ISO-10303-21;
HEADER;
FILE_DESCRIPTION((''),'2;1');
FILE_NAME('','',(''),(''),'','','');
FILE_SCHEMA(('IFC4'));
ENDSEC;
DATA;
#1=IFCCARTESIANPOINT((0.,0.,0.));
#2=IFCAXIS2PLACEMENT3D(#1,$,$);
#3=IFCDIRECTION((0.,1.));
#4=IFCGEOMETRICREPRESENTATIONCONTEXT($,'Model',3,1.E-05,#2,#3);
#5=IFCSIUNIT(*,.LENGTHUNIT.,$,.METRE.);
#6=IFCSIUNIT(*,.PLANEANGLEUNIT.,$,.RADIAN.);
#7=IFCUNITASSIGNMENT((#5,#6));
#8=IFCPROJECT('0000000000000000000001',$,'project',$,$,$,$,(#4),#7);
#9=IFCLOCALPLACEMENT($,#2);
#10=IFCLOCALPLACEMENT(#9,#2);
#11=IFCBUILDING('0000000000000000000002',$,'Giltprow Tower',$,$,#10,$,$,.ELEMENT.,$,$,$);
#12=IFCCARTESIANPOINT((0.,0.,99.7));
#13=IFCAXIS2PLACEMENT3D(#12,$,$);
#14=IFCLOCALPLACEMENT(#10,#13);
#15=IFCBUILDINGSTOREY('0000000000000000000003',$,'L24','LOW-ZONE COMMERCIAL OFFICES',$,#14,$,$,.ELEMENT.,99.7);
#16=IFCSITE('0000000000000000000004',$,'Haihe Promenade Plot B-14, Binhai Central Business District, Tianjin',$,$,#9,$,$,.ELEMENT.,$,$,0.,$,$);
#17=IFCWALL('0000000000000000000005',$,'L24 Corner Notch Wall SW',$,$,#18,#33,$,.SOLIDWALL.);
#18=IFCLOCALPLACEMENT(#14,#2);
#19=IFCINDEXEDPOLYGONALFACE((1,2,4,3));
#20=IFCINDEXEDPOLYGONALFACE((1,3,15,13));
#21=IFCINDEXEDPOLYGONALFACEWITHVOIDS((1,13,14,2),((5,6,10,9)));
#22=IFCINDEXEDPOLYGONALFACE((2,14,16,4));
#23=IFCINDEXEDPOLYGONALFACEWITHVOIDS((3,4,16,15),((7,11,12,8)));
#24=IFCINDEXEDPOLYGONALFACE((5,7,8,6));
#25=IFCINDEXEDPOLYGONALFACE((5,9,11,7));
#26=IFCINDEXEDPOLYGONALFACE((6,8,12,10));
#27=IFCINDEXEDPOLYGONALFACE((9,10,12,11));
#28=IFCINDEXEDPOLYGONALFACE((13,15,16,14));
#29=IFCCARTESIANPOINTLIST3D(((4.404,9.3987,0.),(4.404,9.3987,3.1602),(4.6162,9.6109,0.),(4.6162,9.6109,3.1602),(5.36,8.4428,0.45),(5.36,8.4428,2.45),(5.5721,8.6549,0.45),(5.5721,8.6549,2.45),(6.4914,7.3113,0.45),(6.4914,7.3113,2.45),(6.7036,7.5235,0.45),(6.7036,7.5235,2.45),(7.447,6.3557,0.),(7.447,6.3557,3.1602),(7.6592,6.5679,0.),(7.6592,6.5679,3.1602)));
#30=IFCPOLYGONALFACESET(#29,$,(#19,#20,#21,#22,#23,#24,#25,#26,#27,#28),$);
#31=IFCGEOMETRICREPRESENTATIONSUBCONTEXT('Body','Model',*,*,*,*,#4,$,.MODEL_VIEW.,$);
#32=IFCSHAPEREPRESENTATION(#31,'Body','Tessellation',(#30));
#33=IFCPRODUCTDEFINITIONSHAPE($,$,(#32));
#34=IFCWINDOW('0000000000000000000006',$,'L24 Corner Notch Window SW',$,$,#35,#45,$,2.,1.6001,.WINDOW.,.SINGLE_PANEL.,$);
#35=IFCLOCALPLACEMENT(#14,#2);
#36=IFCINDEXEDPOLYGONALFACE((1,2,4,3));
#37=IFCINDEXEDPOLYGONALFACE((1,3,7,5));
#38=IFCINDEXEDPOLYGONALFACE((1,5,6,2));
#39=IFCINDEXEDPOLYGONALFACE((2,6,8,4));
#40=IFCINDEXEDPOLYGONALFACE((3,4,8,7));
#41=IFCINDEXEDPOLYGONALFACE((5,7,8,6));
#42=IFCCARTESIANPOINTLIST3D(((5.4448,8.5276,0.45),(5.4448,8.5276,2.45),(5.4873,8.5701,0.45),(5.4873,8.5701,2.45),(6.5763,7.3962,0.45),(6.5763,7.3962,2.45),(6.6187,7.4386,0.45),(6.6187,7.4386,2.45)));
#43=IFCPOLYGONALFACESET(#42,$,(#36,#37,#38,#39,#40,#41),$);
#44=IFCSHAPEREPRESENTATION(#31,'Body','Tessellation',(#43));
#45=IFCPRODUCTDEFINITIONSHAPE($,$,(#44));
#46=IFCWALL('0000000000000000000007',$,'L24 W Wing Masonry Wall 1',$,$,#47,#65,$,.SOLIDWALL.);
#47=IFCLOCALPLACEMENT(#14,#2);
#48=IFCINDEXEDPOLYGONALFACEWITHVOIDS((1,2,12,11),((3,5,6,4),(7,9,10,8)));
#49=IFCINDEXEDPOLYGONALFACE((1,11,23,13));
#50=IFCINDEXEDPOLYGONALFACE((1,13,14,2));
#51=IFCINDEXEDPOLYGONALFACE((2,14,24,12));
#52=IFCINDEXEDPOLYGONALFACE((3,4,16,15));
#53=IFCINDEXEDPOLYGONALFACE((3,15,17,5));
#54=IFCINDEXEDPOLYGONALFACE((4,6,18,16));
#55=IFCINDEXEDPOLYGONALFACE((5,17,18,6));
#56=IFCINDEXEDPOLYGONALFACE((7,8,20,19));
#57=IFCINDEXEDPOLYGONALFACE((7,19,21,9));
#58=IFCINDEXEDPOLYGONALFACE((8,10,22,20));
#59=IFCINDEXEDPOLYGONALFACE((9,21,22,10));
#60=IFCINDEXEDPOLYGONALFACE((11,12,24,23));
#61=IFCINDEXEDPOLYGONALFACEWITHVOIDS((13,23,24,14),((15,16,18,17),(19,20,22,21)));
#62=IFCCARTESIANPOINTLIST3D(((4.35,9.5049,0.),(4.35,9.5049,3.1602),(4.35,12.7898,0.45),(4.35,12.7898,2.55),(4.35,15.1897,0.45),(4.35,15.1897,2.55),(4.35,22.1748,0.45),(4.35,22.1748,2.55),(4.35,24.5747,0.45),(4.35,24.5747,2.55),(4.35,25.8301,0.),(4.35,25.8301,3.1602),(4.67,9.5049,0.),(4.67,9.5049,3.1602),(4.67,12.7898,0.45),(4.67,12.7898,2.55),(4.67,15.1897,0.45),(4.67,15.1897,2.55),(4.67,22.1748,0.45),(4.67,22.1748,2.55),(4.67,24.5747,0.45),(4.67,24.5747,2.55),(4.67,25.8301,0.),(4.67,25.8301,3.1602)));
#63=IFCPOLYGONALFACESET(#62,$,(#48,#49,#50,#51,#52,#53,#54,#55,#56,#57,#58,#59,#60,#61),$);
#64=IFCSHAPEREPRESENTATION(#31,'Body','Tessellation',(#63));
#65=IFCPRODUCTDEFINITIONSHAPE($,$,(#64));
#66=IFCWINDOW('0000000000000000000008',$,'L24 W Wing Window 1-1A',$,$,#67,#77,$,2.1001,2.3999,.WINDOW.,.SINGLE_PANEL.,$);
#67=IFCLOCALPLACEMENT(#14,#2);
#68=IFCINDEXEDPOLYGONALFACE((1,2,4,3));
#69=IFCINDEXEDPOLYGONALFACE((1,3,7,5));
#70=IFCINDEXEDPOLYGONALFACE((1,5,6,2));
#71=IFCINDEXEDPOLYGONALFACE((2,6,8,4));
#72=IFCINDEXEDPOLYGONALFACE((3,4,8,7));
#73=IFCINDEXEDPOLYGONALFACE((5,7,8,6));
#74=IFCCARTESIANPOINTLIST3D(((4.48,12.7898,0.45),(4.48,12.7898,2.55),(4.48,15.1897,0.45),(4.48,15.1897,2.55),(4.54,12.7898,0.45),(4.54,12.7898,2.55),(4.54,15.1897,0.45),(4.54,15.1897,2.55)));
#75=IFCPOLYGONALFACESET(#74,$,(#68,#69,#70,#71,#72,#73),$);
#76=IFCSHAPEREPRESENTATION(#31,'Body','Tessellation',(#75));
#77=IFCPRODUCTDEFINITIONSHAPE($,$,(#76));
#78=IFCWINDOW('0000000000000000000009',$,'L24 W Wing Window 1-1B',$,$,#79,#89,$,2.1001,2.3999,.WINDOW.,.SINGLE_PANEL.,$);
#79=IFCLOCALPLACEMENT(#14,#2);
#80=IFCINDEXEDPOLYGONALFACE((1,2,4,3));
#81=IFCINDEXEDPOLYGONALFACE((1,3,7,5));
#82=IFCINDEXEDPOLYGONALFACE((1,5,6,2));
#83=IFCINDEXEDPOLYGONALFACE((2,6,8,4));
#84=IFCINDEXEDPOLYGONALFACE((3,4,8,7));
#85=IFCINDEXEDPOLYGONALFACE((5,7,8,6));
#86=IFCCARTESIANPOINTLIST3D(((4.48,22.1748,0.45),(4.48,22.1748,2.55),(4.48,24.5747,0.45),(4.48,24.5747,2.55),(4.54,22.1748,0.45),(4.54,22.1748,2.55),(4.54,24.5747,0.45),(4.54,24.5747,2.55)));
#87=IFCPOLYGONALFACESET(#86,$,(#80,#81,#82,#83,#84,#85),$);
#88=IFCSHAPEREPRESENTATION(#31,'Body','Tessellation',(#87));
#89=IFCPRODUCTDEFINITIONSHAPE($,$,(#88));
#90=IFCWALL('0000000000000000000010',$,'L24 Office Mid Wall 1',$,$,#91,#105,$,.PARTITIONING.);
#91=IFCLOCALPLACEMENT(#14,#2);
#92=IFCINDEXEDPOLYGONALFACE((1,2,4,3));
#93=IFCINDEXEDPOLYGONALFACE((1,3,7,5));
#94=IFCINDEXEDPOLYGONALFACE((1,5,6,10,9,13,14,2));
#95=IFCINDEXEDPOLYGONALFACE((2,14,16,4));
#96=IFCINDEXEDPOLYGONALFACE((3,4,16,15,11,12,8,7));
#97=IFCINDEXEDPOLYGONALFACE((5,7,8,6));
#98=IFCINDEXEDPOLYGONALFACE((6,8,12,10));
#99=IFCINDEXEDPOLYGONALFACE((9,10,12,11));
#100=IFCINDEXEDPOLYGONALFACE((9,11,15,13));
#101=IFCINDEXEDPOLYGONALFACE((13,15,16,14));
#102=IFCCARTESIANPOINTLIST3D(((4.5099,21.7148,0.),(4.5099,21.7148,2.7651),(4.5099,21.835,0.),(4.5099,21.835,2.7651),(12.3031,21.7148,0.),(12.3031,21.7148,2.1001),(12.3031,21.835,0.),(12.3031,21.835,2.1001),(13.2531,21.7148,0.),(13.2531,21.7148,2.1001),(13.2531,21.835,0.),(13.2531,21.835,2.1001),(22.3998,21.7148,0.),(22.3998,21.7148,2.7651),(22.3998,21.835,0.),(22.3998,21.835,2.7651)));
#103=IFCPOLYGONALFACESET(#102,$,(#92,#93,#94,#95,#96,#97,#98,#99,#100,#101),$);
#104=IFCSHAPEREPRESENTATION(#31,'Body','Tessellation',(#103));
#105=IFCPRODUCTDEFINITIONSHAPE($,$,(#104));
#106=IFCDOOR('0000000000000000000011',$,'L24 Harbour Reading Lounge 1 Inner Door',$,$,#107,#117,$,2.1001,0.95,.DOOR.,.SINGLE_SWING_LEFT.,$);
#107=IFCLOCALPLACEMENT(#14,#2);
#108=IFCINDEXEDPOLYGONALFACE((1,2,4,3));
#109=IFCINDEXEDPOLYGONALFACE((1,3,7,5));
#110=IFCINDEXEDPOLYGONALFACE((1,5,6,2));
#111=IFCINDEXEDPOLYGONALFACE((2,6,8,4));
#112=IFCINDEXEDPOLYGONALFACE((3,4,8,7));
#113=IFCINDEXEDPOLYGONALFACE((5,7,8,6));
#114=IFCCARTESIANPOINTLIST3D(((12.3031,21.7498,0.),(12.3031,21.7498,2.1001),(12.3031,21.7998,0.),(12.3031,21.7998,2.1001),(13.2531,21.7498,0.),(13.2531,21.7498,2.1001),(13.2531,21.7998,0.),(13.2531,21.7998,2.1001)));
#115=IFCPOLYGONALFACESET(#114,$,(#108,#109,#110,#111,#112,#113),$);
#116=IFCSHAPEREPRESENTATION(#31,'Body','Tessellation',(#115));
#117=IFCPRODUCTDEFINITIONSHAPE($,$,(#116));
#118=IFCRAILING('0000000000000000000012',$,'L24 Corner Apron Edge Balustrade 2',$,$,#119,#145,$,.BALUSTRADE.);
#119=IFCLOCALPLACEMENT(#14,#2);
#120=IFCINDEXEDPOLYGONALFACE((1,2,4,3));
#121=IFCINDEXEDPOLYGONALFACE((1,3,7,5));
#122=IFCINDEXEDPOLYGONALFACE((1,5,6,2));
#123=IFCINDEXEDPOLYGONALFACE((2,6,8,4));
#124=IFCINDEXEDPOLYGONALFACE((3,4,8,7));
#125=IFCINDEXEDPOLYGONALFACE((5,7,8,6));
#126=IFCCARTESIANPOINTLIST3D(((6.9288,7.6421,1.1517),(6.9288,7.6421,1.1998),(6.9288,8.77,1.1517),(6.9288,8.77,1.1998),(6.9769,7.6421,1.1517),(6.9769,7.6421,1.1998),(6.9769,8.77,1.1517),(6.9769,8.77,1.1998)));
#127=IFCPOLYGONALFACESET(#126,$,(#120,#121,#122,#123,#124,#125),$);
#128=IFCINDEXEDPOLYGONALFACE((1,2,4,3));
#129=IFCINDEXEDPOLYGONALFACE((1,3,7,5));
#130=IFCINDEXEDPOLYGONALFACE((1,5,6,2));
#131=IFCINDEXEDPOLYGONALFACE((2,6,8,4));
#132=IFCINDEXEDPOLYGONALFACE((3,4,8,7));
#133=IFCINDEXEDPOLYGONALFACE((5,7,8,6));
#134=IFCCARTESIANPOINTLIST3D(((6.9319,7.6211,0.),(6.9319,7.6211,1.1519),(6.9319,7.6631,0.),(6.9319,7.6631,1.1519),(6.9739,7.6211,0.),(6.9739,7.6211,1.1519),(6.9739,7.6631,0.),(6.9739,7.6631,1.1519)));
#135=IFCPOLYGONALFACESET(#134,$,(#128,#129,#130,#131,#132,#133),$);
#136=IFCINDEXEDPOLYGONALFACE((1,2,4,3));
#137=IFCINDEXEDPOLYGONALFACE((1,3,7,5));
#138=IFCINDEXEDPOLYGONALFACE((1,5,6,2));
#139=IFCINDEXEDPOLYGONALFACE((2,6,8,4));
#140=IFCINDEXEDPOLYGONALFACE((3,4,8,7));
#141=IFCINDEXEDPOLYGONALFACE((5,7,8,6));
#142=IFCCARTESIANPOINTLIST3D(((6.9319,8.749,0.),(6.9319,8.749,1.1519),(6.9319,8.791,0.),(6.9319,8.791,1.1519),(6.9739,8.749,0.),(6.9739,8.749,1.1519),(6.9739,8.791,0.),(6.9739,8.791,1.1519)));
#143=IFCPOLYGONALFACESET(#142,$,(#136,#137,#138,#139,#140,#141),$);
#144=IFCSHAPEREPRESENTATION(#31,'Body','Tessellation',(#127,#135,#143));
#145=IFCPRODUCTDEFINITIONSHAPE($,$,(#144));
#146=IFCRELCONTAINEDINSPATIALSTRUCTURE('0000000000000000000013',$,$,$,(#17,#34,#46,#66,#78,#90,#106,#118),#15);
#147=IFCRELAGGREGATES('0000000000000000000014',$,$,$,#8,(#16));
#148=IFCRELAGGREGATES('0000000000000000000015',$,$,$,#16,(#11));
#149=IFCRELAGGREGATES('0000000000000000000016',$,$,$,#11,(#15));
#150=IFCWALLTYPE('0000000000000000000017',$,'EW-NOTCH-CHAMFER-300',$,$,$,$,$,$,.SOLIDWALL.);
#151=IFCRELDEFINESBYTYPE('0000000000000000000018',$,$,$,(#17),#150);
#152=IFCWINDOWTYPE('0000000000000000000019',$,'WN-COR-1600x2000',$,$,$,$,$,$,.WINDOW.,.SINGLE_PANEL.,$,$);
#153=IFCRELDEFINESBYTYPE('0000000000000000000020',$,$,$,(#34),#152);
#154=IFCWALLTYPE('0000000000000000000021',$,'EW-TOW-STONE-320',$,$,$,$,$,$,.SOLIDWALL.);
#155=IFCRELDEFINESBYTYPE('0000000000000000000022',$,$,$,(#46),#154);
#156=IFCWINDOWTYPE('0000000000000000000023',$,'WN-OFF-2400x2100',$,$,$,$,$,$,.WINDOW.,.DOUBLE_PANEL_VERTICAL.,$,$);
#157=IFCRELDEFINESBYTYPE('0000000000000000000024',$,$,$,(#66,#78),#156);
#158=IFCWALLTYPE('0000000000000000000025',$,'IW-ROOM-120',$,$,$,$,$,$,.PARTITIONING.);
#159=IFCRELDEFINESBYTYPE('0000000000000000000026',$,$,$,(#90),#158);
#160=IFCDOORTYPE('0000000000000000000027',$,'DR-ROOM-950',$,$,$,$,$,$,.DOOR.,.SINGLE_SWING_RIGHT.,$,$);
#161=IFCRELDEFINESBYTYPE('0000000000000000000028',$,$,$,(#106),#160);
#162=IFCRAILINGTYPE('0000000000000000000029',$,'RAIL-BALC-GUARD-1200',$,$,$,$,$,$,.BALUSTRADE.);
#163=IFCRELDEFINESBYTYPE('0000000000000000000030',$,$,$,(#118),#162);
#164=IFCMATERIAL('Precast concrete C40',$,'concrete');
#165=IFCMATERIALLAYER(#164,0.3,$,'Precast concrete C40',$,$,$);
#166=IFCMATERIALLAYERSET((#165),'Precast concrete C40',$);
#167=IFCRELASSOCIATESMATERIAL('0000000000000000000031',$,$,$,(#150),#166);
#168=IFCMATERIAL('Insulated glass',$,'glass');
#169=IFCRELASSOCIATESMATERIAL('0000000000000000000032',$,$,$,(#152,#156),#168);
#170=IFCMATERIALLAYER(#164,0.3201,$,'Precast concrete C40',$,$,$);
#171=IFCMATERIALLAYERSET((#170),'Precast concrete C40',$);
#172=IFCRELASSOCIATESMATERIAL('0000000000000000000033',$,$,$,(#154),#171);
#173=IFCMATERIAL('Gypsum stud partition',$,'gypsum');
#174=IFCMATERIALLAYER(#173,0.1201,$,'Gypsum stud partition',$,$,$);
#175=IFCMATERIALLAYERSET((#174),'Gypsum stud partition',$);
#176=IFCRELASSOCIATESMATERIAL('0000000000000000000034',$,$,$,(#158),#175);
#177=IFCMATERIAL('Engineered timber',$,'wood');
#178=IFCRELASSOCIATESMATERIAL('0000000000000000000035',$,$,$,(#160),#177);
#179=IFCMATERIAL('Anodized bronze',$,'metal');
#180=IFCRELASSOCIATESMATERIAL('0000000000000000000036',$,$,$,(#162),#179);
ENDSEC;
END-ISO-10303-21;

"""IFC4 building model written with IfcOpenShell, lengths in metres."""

from ifc_helpers import new_model, si_unit, direction, frame, frame_2d, origin, origin_2d, place, context, subcontext, project, spatial, rectangle, extrude, source, transform, mapped, material, layer, layer_set, type_object, element, fill, save


model = new_model("IFC4")

# Units and contexts
model_context = context("Model", 3, precision=1e-05, world=origin(), true_north=direction((0.0, 1.0)))
body_context = subcontext(model_context, "Body", "Model", "MODEL_VIEW")
ifc_project = project(units=[si_unit("LENGTHUNIT", "METRE"), si_unit("PLANEANGLEUNIT", "RADIAN")], contexts=[model_context])

# Site, building, storey
site_placement = place(None, origin())
site = spatial("IfcSite", under=ifc_project, at=site_placement, Name="Haihe Promenade Plot B-14, Binhai Central Business District, Tianjin", CompositionType="ELEMENT", RefElevation=0.0)
building_placement = place(site_placement, origin())
building = spatial("IfcBuilding", under=site, at=building_placement, Name="Giltprow Tower", CompositionType="ELEMENT")
storey_placement = place(building_placement, frame((0.0, 0.0, 99.7)))
storey = spatial("IfcBuildingStorey", under=building, at=storey_placement, Name="L24", Description="LOW-ZONE COMMERCIAL OFFICES", CompositionType="ELEMENT", Elevation=99.7)

# Shared definitions
ifc_material_1 = material(Name="Anodized bronze", Category="metal")
ifc_material_2 = material(Name="Insulated glass", Category="glass")

# Wall, opening, window
ifc_material_3 = material(Name="Precast concrete C40", Category="concrete")
ifc_layer_1 = layer(ifc_material_3, 0.3, Name="Precast concrete C40")
ifc_layer_set_1 = layer_set([ifc_layer_1], Name="Precast concrete C40")
wall_type_1 = type_object("IfcWallType", Name="EW-NOTCH-CHAMFER-300", PredefinedType="SOLIDWALL", material=ifc_layer_set_1)
wall_1_placement = place(storey_placement, frame((4.51, 9.5049, 0.0), z_axis=(0.0, 0.0, 1.0), x_axis=(0.707107, -0.707107, 0.0)))
wall_1 = element("IfcWall", 1, at=wall_1_placement, inside=storey, type_object=wall_type_1, Name="L24 Corner Notch Wall SW", PredefinedType="SOLIDWALL", context=body_context, shape_type="SweptSolid", body=[
    extrude(rectangle(XDim=4.3035, YDim=0.3, at=frame_2d((2.1519, 0.0))), origin(), (0.0, 0.0, 1.0), 3.1602),
])
opening_1_placement = place(wall_1_placement, frame((1.3521, 0.0, 0.45)))
opening_1 = element("IfcOpeningElement", 2, at=opening_1_placement, cuts=wall_1, PredefinedType="OPENING", context=body_context, shape_type="SweptSolid", body=[
    extrude(rectangle(XDim=1.6001, YDim=2.0, at=frame_2d((0.8, 1.0))), frame((0.0, 0.1599, 0.0), z_axis=(0.0, -1.0, 0.0), x_axis=(1.0, 0.0, 0.0)), (0.0, 0.0, 1.0), 0.3201),
])
window_type_1 = type_object("IfcWindowType", Name="WN-COR-1600x2000", PartitioningType="SINGLE_PANEL", PredefinedType="WINDOW", material=ifc_material_2)
shared_shape_1 = source(origin(), body_context, "Body", "SweptSolid", [
    extrude(rectangle(XDim=1.6001, YDim=2.0, at=frame_2d((0.8, 1.0))), frame((0.0, 0.03, 0.0), z_axis=(0.0, -1.0, 0.0), x_axis=(1.0, 0.0, 0.0)), (0.0, 0.0, 1.0), 0.0601),
])
window_1_placement = place(opening_1_placement, origin())
window_1 = element("IfcWindow", 3, at=window_1_placement, inside=storey, type_object=window_type_1, Name="L24 Corner Notch Window SW", OverallHeight=2.0, OverallWidth=1.6001, PartitioningType="SINGLE_PANEL", PredefinedType="WINDOW", context=body_context, shape_type="MappedRepresentation", body=[
    mapped(shared_shape_1, transform((0.0, 0.0, 0.0), x_axis=(1.0, 0.0, 0.0), y_axis=(0.0, 1.0, 0.0), z_axis=(0.0, 0.0, 1.0), scale=1.0)),
])
fill(opening_1, window_1)

# Wall, openings, windows
ifc_layer_2 = layer(ifc_material_3, 0.3201, Name="Precast concrete C40")
ifc_layer_set_2 = layer_set([ifc_layer_2], Name="Precast concrete C40")
wall_type_2 = type_object("IfcWallType", Name="EW-TOW-STONE-320", PredefinedType="SOLIDWALL", material=ifc_layer_set_2)
wall_2_placement = place(storey_placement, frame((4.51, 9.5049, 0.0), z_axis=(0.0, 0.0, 1.0), x_axis=(0.0, 1.0, 0.0)))
wall_2 = element("IfcWall", 4, at=wall_2_placement, inside=storey, type_object=wall_type_2, Name="L24 W Wing Masonry Wall 1", PredefinedType="SOLIDWALL", context=body_context, shape_type="SweptSolid", body=[
    extrude(rectangle(XDim=16.3252, YDim=0.3201, at=frame_2d((8.1626, 0.0))), origin(), (0.0, 0.0, 1.0), 3.1602),
])
opening_2_placement = place(wall_2_placement, frame((3.2849, 0.0, 0.45)))
opening_2 = element("IfcOpeningElement", 5, at=opening_2_placement, cuts=wall_2, PredefinedType="OPENING", context=body_context, shape_type="SweptSolid", body=[
    extrude(rectangle(XDim=2.3999, YDim=2.1001, at=frame_2d((1.2, 1.05))), frame((0.0, 0.1699, 0.0), z_axis=(0.0, -1.0, 0.0), x_axis=(1.0, 0.0, 0.0)), (0.0, 0.0, 1.0), 0.3401),
])
opening_3_placement = place(wall_2_placement, frame((12.6699, 0.0, 0.45)))
opening_3 = element("IfcOpeningElement", 6, at=opening_3_placement, cuts=wall_2, PredefinedType="OPENING", context=body_context, shape_type="SweptSolid", body=[
    extrude(rectangle(XDim=2.3999, YDim=2.1001, at=frame_2d((1.2, 1.05))), frame((0.0, 0.1699, 0.0), z_axis=(0.0, -1.0, 0.0), x_axis=(1.0, 0.0, 0.0)), (0.0, 0.0, 1.0), 0.3401),
])
window_type_2 = type_object("IfcWindowType", Name="WN-OFF-2400x2100", PartitioningType="DOUBLE_PANEL_VERTICAL", PredefinedType="WINDOW", material=ifc_material_2)
shared_shape_2 = source(origin(), body_context, "Body", "SweptSolid", [
    extrude(rectangle(XDim=2.3999, YDim=2.1001, at=frame_2d((1.2, 1.05))), frame((0.0, 0.03, 0.0), z_axis=(0.0, -1.0, 0.0), x_axis=(1.0, 0.0, 0.0)), (0.0, 0.0, 1.0), 0.0601),
])
window_2_placement = place(opening_2_placement, origin())
window_2 = element("IfcWindow", 7, at=window_2_placement, inside=storey, type_object=window_type_2, Name="L24 W Wing Window 1-1A", OverallHeight=2.1001, OverallWidth=2.3999, PartitioningType="SINGLE_PANEL", PredefinedType="WINDOW", context=body_context, shape_type="MappedRepresentation", body=[
    mapped(shared_shape_2, transform((0.0, 0.0, 0.0), x_axis=(1.0, 0.0, 0.0), y_axis=(0.0, 1.0, 0.0), z_axis=(0.0, 0.0, 1.0), scale=1.0)),
])
fill(opening_2, window_2)
window_3_placement = place(opening_3_placement, origin())
window_3 = element("IfcWindow", 8, at=window_3_placement, inside=storey, type_object=window_type_2, Name="L24 W Wing Window 1-1B", OverallHeight=2.1001, OverallWidth=2.3999, PartitioningType="SINGLE_PANEL", PredefinedType="WINDOW", context=body_context, shape_type="MappedRepresentation", body=[
    mapped(shared_shape_2, transform((0.0, 0.0, 0.0), x_axis=(1.0, 0.0, 0.0), y_axis=(0.0, 1.0, 0.0), z_axis=(0.0, 0.0, 1.0), scale=1.0)),
])
fill(opening_3, window_3)

# Wall, opening, door
ifc_material_4 = material(Name="Gypsum stud partition", Category="gypsum")
ifc_layer_3 = layer(ifc_material_4, 0.1201, Name="Gypsum stud partition")
ifc_layer_set_3 = layer_set([ifc_layer_3], Name="Gypsum stud partition")
wall_type_3 = type_object("IfcWallType", Name="IW-ROOM-120", PredefinedType="PARTITIONING", material=ifc_layer_set_3)
wall_3_placement = place(storey_placement, frame((4.51, 21.7749, 0.0), z_axis=(0.0, 0.0, 1.0), x_axis=(1.0, 0.0, 0.0)))
wall_3 = element("IfcWall", 9, at=wall_3_placement, inside=storey, type_object=wall_type_3, Name="L24 Office Mid Wall 1", PredefinedType="PARTITIONING", context=body_context, shape_type="SweptSolid", body=[
    extrude(rectangle(XDim=17.8899, YDim=0.1201, at=frame_2d((8.9448, 0.0))), origin(), (0.0, 0.0, 1.0), 2.7651),
])
opening_4_placement = place(wall_3_placement, frame((7.793, 0.0, 0.0)))
opening_4 = element("IfcOpeningElement", 10, at=opening_4_placement, cuts=wall_3, PredefinedType="OPENING", context=body_context, shape_type="SweptSolid", body=[
    extrude(rectangle(XDim=0.95, YDim=2.1001, at=frame_2d((0.4751, 1.05))), frame((0.0, 0.0701, 0.0), z_axis=(0.0, -1.0, 0.0), x_axis=(1.0, 0.0, 0.0)), (0.0, 0.0, 1.0), 0.1401),
])
ifc_material_5 = material(Name="Engineered timber", Category="wood")
door_type = type_object("IfcDoorType", Name="DR-ROOM-950", OperationType="SINGLE_SWING_RIGHT", PredefinedType="DOOR", material=ifc_material_5)
shared_shape_3 = source(origin(), body_context, "Body", "SweptSolid", [
    extrude(rectangle(XDim=0.95, YDim=2.1001, at=frame_2d((0.4751, 1.05))), frame((0.0, 0.0249, 0.0), z_axis=(0.0, -1.0, 0.0), x_axis=(1.0, 0.0, 0.0)), (0.0, 0.0, 1.0), 0.05),
])
door_placement = place(opening_4_placement, origin())
door = element("IfcDoor", 11, at=door_placement, inside=storey, type_object=door_type, Name="L24 Harbour Reading Lounge 1 Inner Door", OperationType="SINGLE_SWING_LEFT", OverallHeight=2.1001, OverallWidth=0.95, PredefinedType="DOOR", context=body_context, shape_type="MappedRepresentation", body=[
    mapped(shared_shape_3, transform((0.0, 0.0, 0.0), x_axis=(1.0, 0.0, 0.0), y_axis=(0.0, 1.0, 0.0), z_axis=(0.0, 0.0, 1.0), scale=1.0)),
])
fill(opening_4, door)

# Railing
railing_type = type_object("IfcRailingType", Name="RAIL-BALC-GUARD-1200", PredefinedType="BALUSTRADE", material=ifc_material_1)
railing_1_placement = place(storey_placement, frame((6.9529, 7.6421, 0.0)))
element("IfcRailing", 12, at=railing_1_placement, inside=storey, type_object=railing_type, Name="L24 Corner Apron Edge Balustrade 2", PredefinedType="BALUSTRADE", context=body_context, shape_type="SweptSolid", body=[
    extrude(rectangle(XDim=0.0481, YDim=0.0481, at=origin_2d()), frame((0.0, 0.0, 1.1758), z_axis=(0.0, 1.0, 0.0), x_axis=(-1.0, 0.0, 0.0)), (0.0, 0.0, 1.0), 1.1279),
    extrude(rectangle(XDim=0.042, YDim=0.042, at=origin_2d()), origin(), (0.0, 0.0, 1.0), 1.1519),
    extrude(rectangle(XDim=0.042, YDim=0.042, at=origin_2d()), frame((0.0, 1.1279, 0.0)), (0.0, 0.0, 1.0), 1.1519),
])

save(model, "model.ifc")
